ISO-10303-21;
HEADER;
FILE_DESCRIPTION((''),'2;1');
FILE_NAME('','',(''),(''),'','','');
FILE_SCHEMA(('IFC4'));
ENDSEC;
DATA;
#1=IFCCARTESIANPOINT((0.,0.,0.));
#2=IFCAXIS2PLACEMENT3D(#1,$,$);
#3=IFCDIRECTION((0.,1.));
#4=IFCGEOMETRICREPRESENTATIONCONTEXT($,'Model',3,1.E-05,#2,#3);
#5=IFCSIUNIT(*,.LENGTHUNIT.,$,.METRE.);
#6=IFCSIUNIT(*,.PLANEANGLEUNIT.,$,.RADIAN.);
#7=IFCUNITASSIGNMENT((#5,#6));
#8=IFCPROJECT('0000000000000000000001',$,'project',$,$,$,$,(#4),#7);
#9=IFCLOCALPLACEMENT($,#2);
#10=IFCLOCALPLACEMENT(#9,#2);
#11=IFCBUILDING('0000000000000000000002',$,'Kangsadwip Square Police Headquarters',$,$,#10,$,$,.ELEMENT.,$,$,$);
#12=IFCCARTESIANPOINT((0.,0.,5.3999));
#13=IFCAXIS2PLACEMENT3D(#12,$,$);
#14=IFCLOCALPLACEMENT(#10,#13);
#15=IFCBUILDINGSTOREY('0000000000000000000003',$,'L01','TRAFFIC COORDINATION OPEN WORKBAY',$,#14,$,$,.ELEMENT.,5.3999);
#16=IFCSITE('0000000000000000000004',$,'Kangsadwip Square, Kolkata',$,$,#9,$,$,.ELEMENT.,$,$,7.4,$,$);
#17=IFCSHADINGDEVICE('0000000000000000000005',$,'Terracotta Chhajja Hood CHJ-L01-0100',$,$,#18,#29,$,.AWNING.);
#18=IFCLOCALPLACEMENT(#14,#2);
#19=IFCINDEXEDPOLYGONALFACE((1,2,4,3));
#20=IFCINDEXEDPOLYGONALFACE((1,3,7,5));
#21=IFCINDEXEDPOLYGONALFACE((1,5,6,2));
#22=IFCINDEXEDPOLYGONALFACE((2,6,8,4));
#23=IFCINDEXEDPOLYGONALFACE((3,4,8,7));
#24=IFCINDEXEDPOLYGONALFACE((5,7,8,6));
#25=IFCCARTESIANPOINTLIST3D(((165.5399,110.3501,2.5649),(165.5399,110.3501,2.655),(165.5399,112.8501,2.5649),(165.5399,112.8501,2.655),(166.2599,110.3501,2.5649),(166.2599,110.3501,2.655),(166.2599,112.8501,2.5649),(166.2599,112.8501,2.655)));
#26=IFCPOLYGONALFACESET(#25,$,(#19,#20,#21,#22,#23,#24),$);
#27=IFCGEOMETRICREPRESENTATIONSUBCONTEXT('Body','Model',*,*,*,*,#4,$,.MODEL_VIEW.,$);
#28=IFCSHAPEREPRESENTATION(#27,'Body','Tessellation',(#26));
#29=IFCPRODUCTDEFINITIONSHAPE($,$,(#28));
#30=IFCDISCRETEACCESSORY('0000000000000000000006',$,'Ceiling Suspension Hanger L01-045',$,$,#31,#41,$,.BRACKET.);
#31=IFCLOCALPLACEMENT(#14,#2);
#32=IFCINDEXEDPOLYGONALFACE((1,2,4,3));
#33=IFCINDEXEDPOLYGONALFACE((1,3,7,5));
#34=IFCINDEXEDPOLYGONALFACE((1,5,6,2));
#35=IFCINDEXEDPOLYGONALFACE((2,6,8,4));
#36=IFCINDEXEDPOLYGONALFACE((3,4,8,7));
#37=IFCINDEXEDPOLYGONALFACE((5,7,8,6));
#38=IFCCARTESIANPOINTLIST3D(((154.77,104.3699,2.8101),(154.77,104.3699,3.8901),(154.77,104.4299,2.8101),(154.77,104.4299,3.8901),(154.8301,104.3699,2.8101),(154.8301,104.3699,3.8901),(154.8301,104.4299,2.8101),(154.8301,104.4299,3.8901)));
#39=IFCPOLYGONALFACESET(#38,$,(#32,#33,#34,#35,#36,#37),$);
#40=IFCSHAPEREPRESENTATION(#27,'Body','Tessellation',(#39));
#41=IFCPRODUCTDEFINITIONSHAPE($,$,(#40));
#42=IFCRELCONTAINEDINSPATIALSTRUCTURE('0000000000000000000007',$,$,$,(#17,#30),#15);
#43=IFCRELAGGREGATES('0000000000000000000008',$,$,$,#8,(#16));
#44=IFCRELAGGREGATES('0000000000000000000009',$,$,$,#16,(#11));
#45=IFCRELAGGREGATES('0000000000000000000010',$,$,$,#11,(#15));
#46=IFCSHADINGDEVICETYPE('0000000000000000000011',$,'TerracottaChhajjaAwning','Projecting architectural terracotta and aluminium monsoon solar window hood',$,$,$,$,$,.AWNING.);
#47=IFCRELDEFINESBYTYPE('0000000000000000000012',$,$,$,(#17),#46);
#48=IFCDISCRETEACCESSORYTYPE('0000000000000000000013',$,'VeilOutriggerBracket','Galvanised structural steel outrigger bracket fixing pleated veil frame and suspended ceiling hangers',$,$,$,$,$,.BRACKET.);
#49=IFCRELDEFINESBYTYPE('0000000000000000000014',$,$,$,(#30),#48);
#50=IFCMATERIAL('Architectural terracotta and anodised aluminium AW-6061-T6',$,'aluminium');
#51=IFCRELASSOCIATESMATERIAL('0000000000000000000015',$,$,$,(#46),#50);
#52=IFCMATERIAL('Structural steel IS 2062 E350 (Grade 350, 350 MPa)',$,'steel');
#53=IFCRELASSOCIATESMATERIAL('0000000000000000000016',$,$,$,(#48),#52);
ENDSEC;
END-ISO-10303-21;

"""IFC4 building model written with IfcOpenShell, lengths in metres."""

from ifc_helpers import new_model, si_unit, direction, frame, origin, origin_2d, place, context, subcontext, project, spatial, rectangle, extrude, material, type_object, element, save


model = new_model("IFC4")

# Units and contexts
model_context = context("Model", 3, precision=1e-05, world=origin(), true_north=direction((0.0, 1.0)))
body_context = subcontext(model_context, "Body", "Model", "MODEL_VIEW")
ifc_project = project(units=[si_unit("LENGTHUNIT", "METRE"), si_unit("PLANEANGLEUNIT", "RADIAN")], contexts=[model_context])

# Site, building, storey
site_placement = place(None, origin())
site = spatial("IfcSite", under=ifc_project, at=site_placement, Name="Kangsadwip Square, Kolkata", CompositionType="ELEMENT", RefElevation=7.4)
building_placement = place(site_placement, origin())
building = spatial("IfcBuilding", under=site, at=building_placement, Name="Kangsadwip Square Police Headquarters", CompositionType="ELEMENT")
storey_placement = place(building_placement, frame((0.0, 0.0, 5.3999)))
storey = spatial("IfcBuildingStorey", under=building, at=storey_placement, Name="L01", Description="TRAFFIC COORDINATION OPEN WORKBAY", CompositionType="ELEMENT", Elevation=5.3999)

# Shading device
ifc_material_1 = material(Name="Architectural terracotta and anodised aluminium AW-6061-T6", Category="aluminium")
shading_device_type = type_object("IfcShadingDeviceType", Name="TerracottaChhajjaAwning", Description="Projecting architectural terracotta and aluminium monsoon solar window hood", PredefinedType="AWNING", material=ifc_material_1)
shading_device_1_placement = place(storey_placement, frame((165.8999, 111.6001, 2.5649), z_axis=(0.0, 0.0, 1.0), x_axis=(0.0, 1.0, 0.0)))
element("IfcShadingDevice", 1, at=shading_device_1_placement, inside=storey, type_object=shading_device_type, Name="Terracotta Chhajja Hood CHJ-L01-0100", PredefinedType="AWNING", context=body_context, shape_type="SweptSolid", body=[
    extrude(rectangle(XDim=2.5, YDim=0.72, at=origin_2d()), origin(), (0.0, 0.0, 1.0), 0.0901),
])

# Discrete accessory
ifc_material_2 = material(Name="Structural steel IS 2062 E350 (Grade 350, 350 MPa)", Category="steel")
discrete_accessory_type = type_object("IfcDiscreteAccessoryType", Name="VeilOutriggerBracket", Description="Galvanised structural steel outrigger bracket fixing pleated veil frame and suspended ceiling hangers", PredefinedType="BRACKET", material=ifc_material_2)
discrete_accessory_placement = place(storey_placement, frame((154.8, 104.3999, 2.8101), z_axis=(0.0, 0.0, 1.0), x_axis=(1.0, 0.0, 0.0)))
element("IfcDiscreteAccessory", 2, at=discrete_accessory_placement, inside=storey, type_object=discrete_accessory_type, Name="Ceiling Suspension Hanger L01-045", PredefinedType="BRACKET", context=body_context, shape_type="SweptSolid", body=[
    extrude(rectangle(XDim=0.0601, YDim=0.0601, at=origin_2d()), origin(), (0.0, 0.0, 1.0), 1.0801),
])

save(model, "model.ifc")
